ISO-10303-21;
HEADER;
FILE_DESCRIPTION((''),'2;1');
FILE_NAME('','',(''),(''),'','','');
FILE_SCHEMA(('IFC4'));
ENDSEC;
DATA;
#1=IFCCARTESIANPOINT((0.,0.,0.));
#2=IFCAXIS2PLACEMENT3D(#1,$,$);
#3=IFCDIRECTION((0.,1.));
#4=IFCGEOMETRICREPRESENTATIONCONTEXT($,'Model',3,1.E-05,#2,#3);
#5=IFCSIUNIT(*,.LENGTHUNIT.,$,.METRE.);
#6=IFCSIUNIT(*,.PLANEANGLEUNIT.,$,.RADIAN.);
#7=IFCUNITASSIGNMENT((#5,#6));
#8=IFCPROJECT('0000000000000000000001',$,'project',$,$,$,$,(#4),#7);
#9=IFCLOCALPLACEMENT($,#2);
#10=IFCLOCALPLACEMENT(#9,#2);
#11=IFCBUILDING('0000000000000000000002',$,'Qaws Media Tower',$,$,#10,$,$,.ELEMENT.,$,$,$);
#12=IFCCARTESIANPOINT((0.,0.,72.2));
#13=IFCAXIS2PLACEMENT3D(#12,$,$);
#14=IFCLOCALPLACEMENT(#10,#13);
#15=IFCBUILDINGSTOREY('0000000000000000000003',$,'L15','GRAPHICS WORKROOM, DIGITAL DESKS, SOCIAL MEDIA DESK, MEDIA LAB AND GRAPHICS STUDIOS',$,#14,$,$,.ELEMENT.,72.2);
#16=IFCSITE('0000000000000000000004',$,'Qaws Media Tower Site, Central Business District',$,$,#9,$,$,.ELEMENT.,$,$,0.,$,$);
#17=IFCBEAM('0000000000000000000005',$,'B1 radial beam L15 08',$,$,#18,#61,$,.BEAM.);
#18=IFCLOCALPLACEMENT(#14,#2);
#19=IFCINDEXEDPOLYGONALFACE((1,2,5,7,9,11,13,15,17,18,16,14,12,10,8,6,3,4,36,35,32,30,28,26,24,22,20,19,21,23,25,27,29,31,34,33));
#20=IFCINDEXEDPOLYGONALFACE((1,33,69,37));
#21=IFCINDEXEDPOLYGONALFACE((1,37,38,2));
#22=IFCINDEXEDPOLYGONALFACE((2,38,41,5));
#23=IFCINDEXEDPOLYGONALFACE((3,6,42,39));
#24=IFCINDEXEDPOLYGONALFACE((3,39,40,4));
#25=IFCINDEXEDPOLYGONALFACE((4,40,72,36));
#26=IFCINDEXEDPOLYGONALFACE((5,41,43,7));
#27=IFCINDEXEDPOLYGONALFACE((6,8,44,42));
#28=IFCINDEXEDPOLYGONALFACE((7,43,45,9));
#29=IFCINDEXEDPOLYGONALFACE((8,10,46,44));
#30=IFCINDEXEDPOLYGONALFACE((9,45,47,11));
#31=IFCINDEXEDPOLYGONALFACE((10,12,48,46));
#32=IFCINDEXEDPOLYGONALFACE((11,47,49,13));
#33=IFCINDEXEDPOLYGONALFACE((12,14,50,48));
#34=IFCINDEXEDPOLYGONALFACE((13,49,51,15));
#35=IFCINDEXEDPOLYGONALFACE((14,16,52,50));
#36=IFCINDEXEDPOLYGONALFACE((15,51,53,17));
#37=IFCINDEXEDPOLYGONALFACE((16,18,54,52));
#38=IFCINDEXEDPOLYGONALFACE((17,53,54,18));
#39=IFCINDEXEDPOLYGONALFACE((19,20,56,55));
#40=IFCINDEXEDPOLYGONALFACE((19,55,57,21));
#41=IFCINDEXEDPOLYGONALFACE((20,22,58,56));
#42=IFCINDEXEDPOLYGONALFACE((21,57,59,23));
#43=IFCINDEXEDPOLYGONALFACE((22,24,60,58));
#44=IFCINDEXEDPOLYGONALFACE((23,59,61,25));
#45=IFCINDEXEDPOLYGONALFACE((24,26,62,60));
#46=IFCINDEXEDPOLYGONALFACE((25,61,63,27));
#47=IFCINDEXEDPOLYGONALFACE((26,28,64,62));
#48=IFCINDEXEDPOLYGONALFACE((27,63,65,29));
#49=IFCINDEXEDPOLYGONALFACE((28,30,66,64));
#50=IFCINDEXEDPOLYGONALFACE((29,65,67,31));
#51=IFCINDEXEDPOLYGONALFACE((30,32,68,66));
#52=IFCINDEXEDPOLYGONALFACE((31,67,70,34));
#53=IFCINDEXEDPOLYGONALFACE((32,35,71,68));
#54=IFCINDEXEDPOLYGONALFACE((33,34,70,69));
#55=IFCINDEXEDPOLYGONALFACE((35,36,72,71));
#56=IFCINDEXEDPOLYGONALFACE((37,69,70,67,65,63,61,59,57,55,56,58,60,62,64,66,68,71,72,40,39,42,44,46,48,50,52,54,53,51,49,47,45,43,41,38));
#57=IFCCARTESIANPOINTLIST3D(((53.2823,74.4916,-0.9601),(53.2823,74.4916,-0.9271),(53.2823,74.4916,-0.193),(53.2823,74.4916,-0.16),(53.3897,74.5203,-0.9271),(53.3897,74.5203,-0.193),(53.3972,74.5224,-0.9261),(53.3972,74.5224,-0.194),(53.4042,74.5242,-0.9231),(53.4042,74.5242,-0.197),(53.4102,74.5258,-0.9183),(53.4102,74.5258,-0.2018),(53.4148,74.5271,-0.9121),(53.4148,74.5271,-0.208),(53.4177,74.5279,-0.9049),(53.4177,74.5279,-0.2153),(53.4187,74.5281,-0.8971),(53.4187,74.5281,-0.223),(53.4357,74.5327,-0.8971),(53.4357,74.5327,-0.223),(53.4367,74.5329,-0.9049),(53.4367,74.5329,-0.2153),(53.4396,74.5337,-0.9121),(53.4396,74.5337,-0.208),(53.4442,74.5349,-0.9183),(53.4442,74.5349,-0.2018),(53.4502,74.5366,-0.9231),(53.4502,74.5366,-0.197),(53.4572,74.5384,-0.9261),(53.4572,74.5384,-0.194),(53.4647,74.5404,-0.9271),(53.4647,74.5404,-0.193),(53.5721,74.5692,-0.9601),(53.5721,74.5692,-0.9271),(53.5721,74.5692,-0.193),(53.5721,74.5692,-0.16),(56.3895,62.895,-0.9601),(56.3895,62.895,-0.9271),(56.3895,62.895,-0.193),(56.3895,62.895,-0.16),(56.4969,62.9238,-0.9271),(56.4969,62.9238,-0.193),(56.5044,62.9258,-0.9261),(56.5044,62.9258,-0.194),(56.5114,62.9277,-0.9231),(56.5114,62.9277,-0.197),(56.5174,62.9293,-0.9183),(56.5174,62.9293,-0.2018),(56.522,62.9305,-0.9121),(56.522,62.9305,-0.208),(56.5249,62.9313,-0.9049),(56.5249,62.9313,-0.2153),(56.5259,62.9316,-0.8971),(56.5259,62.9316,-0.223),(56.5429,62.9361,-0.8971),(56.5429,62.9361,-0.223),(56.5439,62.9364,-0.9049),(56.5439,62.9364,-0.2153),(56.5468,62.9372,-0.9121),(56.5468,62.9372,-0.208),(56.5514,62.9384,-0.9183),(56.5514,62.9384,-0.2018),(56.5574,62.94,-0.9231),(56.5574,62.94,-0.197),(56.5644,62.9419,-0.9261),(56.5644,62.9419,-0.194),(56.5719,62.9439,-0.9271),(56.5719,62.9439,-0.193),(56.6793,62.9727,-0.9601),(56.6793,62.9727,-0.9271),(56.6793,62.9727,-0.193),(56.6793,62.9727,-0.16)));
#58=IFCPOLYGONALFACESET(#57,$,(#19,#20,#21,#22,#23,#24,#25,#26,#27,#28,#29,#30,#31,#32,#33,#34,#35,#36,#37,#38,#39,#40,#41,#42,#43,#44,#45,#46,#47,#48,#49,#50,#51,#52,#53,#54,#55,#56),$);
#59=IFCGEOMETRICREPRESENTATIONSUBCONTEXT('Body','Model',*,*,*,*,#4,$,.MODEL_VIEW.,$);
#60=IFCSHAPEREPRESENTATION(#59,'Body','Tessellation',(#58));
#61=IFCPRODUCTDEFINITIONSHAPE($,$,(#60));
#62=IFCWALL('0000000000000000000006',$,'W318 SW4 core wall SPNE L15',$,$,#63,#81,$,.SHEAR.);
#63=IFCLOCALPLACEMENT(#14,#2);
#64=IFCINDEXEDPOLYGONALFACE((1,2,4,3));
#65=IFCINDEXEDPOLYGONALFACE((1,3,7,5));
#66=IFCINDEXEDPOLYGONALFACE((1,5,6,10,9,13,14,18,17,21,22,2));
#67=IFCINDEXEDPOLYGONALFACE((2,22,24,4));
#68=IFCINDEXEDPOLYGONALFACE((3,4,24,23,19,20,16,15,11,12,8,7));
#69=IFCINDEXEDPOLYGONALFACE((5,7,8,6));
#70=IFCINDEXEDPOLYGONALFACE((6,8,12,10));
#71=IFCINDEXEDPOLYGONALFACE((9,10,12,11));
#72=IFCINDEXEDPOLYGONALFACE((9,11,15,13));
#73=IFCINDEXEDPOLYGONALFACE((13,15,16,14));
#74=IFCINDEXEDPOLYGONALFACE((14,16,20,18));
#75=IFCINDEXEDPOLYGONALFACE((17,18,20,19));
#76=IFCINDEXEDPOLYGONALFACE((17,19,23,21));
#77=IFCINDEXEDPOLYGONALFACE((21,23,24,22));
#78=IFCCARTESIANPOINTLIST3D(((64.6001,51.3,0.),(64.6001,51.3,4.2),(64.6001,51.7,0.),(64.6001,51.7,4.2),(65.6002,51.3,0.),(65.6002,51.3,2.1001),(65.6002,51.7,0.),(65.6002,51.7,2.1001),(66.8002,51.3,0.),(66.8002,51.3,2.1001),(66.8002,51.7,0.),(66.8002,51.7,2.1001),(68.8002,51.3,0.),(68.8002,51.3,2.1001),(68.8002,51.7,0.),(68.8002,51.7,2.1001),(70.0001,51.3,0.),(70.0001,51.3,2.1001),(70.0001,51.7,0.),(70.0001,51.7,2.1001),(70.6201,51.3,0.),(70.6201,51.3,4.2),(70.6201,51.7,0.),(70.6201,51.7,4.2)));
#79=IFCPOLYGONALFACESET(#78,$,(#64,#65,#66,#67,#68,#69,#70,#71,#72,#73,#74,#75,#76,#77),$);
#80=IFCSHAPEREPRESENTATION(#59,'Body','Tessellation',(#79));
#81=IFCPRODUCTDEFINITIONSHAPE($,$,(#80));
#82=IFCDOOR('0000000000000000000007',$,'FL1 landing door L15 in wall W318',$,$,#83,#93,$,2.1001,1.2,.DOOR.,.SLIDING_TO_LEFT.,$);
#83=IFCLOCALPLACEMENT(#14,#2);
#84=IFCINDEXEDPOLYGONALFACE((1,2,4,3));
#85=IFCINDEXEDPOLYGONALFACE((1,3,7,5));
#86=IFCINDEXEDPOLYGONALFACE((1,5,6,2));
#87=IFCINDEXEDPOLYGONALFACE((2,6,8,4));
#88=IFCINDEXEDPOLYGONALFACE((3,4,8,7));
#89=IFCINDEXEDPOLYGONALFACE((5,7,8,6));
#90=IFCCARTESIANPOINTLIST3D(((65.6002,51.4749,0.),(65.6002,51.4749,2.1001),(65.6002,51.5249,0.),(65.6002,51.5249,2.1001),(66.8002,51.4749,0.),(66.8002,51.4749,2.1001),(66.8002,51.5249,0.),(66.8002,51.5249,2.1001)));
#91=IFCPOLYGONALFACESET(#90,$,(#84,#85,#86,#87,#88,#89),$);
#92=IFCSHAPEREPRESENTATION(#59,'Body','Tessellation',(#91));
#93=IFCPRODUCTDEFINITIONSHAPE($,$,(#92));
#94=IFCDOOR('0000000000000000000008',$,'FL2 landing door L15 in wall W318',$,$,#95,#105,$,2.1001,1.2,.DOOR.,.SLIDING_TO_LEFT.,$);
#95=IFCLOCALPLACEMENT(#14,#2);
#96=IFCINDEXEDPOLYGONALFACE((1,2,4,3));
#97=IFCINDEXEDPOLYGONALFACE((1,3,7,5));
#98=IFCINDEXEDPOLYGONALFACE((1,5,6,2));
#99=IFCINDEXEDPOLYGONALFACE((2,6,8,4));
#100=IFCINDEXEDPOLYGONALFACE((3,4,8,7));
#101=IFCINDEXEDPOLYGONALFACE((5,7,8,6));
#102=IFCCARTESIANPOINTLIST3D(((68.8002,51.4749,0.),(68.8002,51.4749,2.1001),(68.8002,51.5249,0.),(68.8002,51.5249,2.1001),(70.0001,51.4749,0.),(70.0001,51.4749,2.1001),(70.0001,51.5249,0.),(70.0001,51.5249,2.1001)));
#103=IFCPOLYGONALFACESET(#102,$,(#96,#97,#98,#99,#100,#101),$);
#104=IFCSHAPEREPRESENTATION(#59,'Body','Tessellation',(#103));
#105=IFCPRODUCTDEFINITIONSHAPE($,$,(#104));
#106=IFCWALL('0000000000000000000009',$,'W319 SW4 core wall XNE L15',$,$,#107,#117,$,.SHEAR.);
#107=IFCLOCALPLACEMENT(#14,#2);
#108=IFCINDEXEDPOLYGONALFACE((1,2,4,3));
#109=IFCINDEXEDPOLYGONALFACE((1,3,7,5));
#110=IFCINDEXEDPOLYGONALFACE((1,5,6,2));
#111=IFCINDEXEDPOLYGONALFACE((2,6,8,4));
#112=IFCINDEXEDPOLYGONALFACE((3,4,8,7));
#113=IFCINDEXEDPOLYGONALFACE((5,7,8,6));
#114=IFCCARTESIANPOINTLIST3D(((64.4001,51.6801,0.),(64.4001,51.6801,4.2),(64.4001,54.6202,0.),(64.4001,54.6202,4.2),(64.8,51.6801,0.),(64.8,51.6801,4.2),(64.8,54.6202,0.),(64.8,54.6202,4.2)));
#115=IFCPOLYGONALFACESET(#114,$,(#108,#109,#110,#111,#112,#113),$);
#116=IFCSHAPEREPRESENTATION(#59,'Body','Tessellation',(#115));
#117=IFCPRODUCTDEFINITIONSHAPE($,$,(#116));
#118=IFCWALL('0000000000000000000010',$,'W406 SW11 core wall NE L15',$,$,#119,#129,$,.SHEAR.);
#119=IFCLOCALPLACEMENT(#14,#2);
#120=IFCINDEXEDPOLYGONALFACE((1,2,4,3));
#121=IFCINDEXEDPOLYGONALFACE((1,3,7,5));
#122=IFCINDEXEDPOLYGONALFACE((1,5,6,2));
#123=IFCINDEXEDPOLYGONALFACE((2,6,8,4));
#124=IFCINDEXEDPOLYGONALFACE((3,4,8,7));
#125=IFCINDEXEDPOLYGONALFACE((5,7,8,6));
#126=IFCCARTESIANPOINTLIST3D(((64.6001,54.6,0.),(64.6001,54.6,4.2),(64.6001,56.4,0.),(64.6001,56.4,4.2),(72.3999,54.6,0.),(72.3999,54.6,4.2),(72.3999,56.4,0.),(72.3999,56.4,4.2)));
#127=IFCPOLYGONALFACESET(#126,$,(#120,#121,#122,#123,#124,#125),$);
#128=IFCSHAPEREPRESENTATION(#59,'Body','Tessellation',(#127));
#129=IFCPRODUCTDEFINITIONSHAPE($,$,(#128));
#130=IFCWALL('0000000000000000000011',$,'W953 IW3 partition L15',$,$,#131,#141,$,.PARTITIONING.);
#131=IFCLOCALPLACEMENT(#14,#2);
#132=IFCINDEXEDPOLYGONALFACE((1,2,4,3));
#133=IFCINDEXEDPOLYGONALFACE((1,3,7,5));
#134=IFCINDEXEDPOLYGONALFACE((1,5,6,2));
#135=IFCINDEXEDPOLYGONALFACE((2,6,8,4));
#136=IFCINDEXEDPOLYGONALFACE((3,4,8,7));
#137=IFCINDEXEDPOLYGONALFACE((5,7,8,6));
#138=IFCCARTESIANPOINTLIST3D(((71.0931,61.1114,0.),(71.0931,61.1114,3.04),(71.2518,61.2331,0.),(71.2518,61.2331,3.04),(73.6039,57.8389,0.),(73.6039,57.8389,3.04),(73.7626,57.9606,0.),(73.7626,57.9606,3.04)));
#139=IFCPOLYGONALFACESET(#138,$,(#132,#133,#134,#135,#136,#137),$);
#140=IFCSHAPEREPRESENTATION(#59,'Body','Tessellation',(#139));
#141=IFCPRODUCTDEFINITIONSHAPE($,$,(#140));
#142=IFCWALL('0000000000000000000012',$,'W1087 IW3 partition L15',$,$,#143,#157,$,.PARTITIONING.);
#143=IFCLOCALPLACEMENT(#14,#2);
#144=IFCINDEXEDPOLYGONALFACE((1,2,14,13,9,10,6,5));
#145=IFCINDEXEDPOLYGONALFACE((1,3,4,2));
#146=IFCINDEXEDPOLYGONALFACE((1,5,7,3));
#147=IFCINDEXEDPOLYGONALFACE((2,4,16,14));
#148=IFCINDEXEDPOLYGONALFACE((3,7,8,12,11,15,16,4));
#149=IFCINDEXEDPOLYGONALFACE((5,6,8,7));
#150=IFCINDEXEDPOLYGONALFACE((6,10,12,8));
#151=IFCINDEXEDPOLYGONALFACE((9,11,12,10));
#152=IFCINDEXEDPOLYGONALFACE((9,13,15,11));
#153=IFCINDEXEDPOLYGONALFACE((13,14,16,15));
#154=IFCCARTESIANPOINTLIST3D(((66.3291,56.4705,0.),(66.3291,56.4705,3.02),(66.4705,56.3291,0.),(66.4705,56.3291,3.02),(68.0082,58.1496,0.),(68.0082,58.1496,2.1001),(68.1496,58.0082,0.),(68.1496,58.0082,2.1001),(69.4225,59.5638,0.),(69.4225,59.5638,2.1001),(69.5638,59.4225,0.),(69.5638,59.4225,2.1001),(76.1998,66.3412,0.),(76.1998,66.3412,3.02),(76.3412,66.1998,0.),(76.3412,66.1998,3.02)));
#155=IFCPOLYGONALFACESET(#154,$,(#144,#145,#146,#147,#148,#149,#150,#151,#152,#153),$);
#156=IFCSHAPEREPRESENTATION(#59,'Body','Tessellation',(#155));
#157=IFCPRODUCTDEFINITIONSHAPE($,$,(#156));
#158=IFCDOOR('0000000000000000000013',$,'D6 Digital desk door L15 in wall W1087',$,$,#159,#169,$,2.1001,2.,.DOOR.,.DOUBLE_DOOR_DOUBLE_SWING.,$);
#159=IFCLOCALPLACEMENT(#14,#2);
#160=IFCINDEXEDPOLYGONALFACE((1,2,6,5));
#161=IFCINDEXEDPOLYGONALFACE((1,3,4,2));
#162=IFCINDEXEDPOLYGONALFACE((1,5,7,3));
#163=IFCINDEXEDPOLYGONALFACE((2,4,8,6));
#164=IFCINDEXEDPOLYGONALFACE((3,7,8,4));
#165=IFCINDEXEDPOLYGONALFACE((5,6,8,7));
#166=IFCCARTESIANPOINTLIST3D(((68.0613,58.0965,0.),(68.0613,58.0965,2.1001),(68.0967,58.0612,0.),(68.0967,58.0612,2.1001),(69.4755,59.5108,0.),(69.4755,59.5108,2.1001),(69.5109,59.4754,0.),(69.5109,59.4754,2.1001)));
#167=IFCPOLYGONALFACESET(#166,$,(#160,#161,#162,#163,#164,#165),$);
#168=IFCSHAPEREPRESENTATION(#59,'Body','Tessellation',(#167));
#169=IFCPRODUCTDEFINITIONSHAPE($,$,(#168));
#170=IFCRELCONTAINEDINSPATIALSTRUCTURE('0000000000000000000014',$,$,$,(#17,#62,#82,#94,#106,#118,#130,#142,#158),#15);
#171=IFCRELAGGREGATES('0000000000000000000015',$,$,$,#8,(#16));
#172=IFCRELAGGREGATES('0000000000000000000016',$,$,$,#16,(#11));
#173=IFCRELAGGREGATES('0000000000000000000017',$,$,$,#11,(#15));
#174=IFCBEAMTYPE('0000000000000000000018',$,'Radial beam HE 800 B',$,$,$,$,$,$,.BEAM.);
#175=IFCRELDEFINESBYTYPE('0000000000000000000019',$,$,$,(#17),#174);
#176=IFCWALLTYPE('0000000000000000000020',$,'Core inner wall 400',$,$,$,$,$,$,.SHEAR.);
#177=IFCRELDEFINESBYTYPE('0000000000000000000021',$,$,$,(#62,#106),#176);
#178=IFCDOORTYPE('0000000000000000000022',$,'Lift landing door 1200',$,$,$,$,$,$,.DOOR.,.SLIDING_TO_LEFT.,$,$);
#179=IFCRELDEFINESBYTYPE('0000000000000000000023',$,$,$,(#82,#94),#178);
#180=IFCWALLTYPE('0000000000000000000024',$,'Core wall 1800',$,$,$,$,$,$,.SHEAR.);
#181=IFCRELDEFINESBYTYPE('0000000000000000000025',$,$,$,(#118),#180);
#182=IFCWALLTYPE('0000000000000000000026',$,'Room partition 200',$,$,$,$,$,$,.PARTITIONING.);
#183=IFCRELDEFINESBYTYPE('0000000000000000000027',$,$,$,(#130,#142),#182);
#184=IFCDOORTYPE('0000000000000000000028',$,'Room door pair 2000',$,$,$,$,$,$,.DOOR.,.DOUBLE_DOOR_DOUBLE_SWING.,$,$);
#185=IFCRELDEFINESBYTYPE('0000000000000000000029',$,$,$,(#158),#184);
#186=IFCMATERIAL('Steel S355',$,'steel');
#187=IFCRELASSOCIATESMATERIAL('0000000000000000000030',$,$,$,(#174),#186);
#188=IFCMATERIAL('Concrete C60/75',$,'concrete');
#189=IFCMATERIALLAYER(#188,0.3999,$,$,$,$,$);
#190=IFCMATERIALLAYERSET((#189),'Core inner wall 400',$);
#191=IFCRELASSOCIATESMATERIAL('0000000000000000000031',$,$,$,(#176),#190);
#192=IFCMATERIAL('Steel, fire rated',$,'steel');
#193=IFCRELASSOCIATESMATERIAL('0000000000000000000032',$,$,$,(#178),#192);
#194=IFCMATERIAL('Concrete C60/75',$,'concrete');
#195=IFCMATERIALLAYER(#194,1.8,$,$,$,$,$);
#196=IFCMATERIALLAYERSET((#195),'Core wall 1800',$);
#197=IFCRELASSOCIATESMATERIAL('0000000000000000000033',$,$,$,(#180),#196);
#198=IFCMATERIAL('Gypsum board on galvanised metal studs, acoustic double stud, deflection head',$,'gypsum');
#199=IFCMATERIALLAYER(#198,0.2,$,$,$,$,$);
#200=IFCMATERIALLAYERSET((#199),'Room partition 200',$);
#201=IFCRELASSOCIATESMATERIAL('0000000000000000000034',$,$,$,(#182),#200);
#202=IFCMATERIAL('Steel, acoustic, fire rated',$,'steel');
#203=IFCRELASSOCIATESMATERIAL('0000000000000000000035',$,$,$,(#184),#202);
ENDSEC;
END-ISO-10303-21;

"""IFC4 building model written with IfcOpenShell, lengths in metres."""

from ifc_helpers import new_model, si_unit, direction, frame, frame_2d, origin, origin_2d, place, context, subcontext, project, spatial, rectangle, i_section, extrude, material, layer, layer_set, material_profile, profile_set, type_object, element, fill, save


model = new_model("IFC4")

# Units and contexts
model_context = context("Model", 3, precision=1e-05, world=origin(), true_north=direction((0.0, 1.0)))
body_context = subcontext(model_context, "Body", "Model", "MODEL_VIEW")
ifc_project = project(units=[si_unit("LENGTHUNIT", "METRE"), si_unit("PLANEANGLEUNIT", "RADIAN")], contexts=[model_context])

# Site, building, storey
site_placement = place(None, origin())
site = spatial("IfcSite", under=ifc_project, at=site_placement, Name="Qaws Media Tower Site, Central Business District", CompositionType="ELEMENT", RefElevation=0.0)
building_placement = place(site_placement, origin())
building = spatial("IfcBuilding", under=site, at=building_placement, Name="Qaws Media Tower", CompositionType="ELEMENT")
storey_placement = place(building_placement, frame((0.0, 0.0, 72.2)))
storey = spatial("IfcBuildingStorey", under=building, at=storey_placement, Name="L15", Description="GRAPHICS WORKROOM, DIGITAL DESKS, SOCIAL MEDIA DESK, MEDIA LAB AND GRAPHICS STUDIOS", CompositionType="ELEMENT", Elevation=72.2)

# Beam
ifc_material_1 = material(Name="Steel S355", Category="steel")
ifc_material_profile_1 = material_profile(ifc_material_1, i_section(OverallWidth=0.3, OverallDepth=0.8, WebThickness=0.0176, FlangeThickness=0.033, FilletRadius=0.03, at=origin_2d()), Name="HE 800 B")
ifc_profile_set_1 = profile_set([ifc_material_profile_1], Name="Steel S355")
beam_type_1 = type_object("IfcBeamType", Name="Radial beam HE 800 B", PredefinedType="BEAM", material=ifc_profile_set_1)
beam_1_placement = place(storey_placement, frame((56.5344, 62.9338, -0.5601), z_axis=(-0.258813, 0.965927, 0.0), x_axis=(-0.965927, -0.258813, 0.0)))
element("IfcBeam", 1, at=beam_1_placement, inside=storey, type_object=beam_type_1, Name="B1 radial beam L15 08", PredefinedType="BEAM", context=body_context, shape_type="SweptSolid", body=[
    extrude(i_section(OverallWidth=0.3, OverallDepth=0.8, WebThickness=0.0176, FlangeThickness=0.033, FilletRadius=0.03, at=origin_2d()), origin(), (0.0, 0.0, 1.0), 12.0056),
])

# Wall, openings, doors
ifc_material_2 = material(Name="Concrete C60/75", Category="concrete")
ifc_layer_1 = layer(ifc_material_2, 0.3999)
ifc_layer_set_1 = layer_set([ifc_layer_1], Name="Core inner wall 400")
wall_type_1 = type_object("IfcWallType", Name="Core inner wall 400", PredefinedType="SHEAR", material=ifc_layer_set_1)
wall_1_placement = place(storey_placement, frame((64.6001, 51.5, 0.0), z_axis=(0.0, 0.0, 1.0), x_axis=(1.0, 0.0, 0.0)))
wall_1 = element("IfcWall", 2, at=wall_1_placement, inside=storey, type_object=wall_type_1, Name="W318 SW4 core wall SPNE L15", PredefinedType="SHEAR", context=body_context, shape_type="SweptSolid", body=[
    extrude(rectangle(XDim=6.02, YDim=0.3999, at=frame_2d((3.01, 0.0))), origin(), (0.0, 0.0, 1.0), 4.2),
])
opening_1_placement = place(wall_1_placement, frame((1.0, 0.0, 0.0)))
opening_1 = element("IfcOpeningElement", 3, at=opening_1_placement, cuts=wall_1, PredefinedType="OPENING", context=body_context, shape_type="SweptSolid", body=[
    extrude(rectangle(XDim=1.2, YDim=2.1001, at=frame_2d((0.6001, 1.05))), frame((0.0, 0.21, 0.0), z_axis=(0.0, -1.0, 0.0), x_axis=(1.0, 0.0, 0.0)), (0.0, 0.0, 1.0), 0.4199),
])
opening_2_placement = place(wall_1_placement, frame((4.2, 0.0, 0.0)))
opening_2 = element("IfcOpeningElement", 4, at=opening_2_placement, cuts=wall_1, PredefinedType="OPENING", context=body_context, shape_type="SweptSolid", body=[
    extrude(rectangle(XDim=1.2, YDim=2.1001, at=frame_2d((0.6001, 1.05))), frame((0.0, 0.21, 0.0), z_axis=(0.0, -1.0, 0.0), x_axis=(1.0, 0.0, 0.0)), (0.0, 0.0, 1.0), 0.4199),
])
ifc_material_3 = material(Name="Steel, fire rated", Category="steel")
door_type_1 = type_object("IfcDoorType", Name="Lift landing door 1200", OperationType="SLIDING_TO_LEFT", PredefinedType="DOOR", material=ifc_material_3)
door_1_placement = place(opening_1_placement, origin())
door_1 = element("IfcDoor", 5, at=door_1_placement, inside=storey, type_object=door_type_1, Name="FL1 landing door L15 in wall W318", OperationType="SLIDING_TO_LEFT", OverallHeight=2.1001, OverallWidth=1.2, PredefinedType="DOOR", context=body_context, shape_type="SweptSolid", body=[
    extrude(rectangle(XDim=1.2, YDim=2.1001, at=frame_2d((0.6001, 1.05))), frame((0.0, 0.0249, 0.0), z_axis=(0.0, -1.0, 0.0), x_axis=(1.0, 0.0, 0.0)), (0.0, 0.0, 1.0), 0.05),
])
fill(opening_1, door_1)
door_2_placement = place(opening_2_placement, origin())
door_2 = element("IfcDoor", 6, at=door_2_placement, inside=storey, type_object=door_type_1, Name="FL2 landing door L15 in wall W318", OperationType="SLIDING_TO_LEFT", OverallHeight=2.1001, OverallWidth=1.2, PredefinedType="DOOR", context=body_context, shape_type="SweptSolid", body=[
    extrude(rectangle(XDim=1.2, YDim=2.1001, at=frame_2d((0.6001, 1.05))), frame((0.0, 0.0249, 0.0), z_axis=(0.0, -1.0, 0.0), x_axis=(1.0, 0.0, 0.0)), (0.0, 0.0, 1.0), 0.05),
])
fill(opening_2, door_2)

# Walls
wall_2_placement = place(storey_placement, frame((64.6001, 51.6799, 0.0), z_axis=(0.0, 0.0, 1.0), x_axis=(0.0, 1.0, 0.0)))
element("IfcWall", 7, at=wall_2_placement, inside=storey, type_object=wall_type_1, Name="W319 SW4 core wall XNE L15", PredefinedType="SHEAR", context=body_context, shape_type="SweptSolid", body=[
    extrude(rectangle(XDim=2.9402, YDim=0.3999, at=frame_2d((1.4702, 0.0))), origin(), (0.0, 0.0, 1.0), 4.2),
])
ifc_material_4 = material(Name="Concrete C60/75", Category="concrete")
ifc_layer_2 = layer(ifc_material_4, 1.8)
ifc_layer_set_2 = layer_set([ifc_layer_2], Name="Core wall 1800")
wall_type_2 = type_object("IfcWallType", Name="Core wall 1800", PredefinedType="SHEAR", material=ifc_layer_set_2)
wall_3_placement = place(storey_placement, frame((64.6001, 55.5, 0.0), z_axis=(0.0, 0.0, 1.0), x_axis=(1.0, 0.0, 0.0)))
element("IfcWall", 8, at=wall_3_placement, inside=storey, type_object=wall_type_2, Name="W406 SW11 core wall NE L15", PredefinedType="SHEAR", context=body_context, shape_type="SweptSolid", body=[
    extrude(rectangle(XDim=7.7998, YDim=1.8, at=frame_2d((3.8999, 0.0))), origin(), (0.0, 0.0, 1.0), 4.2),
])
ifc_material_5 = material(Name="Gypsum board on galvanised metal studs, acoustic double stud, deflection head", Category="gypsum")
ifc_layer_3 = layer(ifc_material_5, 0.2)
ifc_layer_set_3 = layer_set([ifc_layer_3], Name="Room partition 200")
wall_type_3 = type_object("IfcWallType", Name="Room partition 200", PredefinedType="PARTITIONING", material=ifc_layer_set_3)
wall_4_placement = place(storey_placement, frame((71.1724, 61.1724, 0.0), z_axis=(0.0, 0.0, 1.0), x_axis=(0.608715, -0.793389, 0.0)))
element("IfcWall", 9, at=wall_4_placement, inside=storey, type_object=wall_type_3, Name="W953 IW3 partition L15", PredefinedType="PARTITIONING", context=body_context, shape_type="SweptSolid", body=[
    extrude(rectangle(XDim=4.1248, YDim=0.2, at=frame_2d((2.0625, 0.0))), origin(), (0.0, 0.0, 1.0), 3.04),
])

# Wall, opening, door
wall_5_placement = place(storey_placement, frame((66.3999, 56.3999, 0.0), z_axis=(0.0, 0.0, 1.0), x_axis=(0.707107, 0.707107, 0.0)))
wall_5 = element("IfcWall", 10, at=wall_5_placement, inside=storey, type_object=wall_type_3, Name="W1087 IW3 partition L15", PredefinedType="PARTITIONING", context=body_context, shape_type="SweptSolid", body=[
    extrude(rectangle(XDim=13.9592, YDim=0.2, at=frame_2d((6.9795, 0.0))), origin(), (0.0, 0.0, 1.0), 3.02),
])
opening_3_placement = place(wall_5_placement, frame((2.3745, 0.0, 0.0)))
opening_3 = element("IfcOpeningElement", 11, at=opening_3_placement, cuts=wall_5, PredefinedType="OPENING", context=body_context, shape_type="SweptSolid", body=[
    extrude(rectangle(XDim=2.0, YDim=2.1001, at=frame_2d((1.0, 1.05))), frame((0.0, 0.1099, 0.0), z_axis=(0.0, -1.0, 0.0), x_axis=(1.0, 0.0, 0.0)), (0.0, 0.0, 1.0), 0.22),
])
ifc_material_6 = material(Name="Steel, acoustic, fire rated", Category="steel")
door_type_2 = type_object("IfcDoorType", Name="Room door pair 2000", OperationType="DOUBLE_DOOR_DOUBLE_SWING", PredefinedType="DOOR", material=ifc_material_6)
door_3_placement = place(opening_3_placement, origin())
door_3 = element("IfcDoor", 12, at=door_3_placement, inside=storey, type_object=door_type_2, Name="D6 Digital desk door L15 in wall W1087", OperationType="DOUBLE_DOOR_DOUBLE_SWING", OverallHeight=2.1001, OverallWidth=2.0, PredefinedType="DOOR", context=body_context, shape_type="SweptSolid", body=[
    extrude(rectangle(XDim=2.0, YDim=2.1001, at=frame_2d((1.0, 1.05))), frame((0.0, 0.0249, 0.0), z_axis=(0.0, -1.0, 0.0), x_axis=(1.0, 0.0, 0.0)), (0.0, 0.0, 1.0), 0.05),
])
fill(opening_3, door_3)

save(model, "model.ifc")
